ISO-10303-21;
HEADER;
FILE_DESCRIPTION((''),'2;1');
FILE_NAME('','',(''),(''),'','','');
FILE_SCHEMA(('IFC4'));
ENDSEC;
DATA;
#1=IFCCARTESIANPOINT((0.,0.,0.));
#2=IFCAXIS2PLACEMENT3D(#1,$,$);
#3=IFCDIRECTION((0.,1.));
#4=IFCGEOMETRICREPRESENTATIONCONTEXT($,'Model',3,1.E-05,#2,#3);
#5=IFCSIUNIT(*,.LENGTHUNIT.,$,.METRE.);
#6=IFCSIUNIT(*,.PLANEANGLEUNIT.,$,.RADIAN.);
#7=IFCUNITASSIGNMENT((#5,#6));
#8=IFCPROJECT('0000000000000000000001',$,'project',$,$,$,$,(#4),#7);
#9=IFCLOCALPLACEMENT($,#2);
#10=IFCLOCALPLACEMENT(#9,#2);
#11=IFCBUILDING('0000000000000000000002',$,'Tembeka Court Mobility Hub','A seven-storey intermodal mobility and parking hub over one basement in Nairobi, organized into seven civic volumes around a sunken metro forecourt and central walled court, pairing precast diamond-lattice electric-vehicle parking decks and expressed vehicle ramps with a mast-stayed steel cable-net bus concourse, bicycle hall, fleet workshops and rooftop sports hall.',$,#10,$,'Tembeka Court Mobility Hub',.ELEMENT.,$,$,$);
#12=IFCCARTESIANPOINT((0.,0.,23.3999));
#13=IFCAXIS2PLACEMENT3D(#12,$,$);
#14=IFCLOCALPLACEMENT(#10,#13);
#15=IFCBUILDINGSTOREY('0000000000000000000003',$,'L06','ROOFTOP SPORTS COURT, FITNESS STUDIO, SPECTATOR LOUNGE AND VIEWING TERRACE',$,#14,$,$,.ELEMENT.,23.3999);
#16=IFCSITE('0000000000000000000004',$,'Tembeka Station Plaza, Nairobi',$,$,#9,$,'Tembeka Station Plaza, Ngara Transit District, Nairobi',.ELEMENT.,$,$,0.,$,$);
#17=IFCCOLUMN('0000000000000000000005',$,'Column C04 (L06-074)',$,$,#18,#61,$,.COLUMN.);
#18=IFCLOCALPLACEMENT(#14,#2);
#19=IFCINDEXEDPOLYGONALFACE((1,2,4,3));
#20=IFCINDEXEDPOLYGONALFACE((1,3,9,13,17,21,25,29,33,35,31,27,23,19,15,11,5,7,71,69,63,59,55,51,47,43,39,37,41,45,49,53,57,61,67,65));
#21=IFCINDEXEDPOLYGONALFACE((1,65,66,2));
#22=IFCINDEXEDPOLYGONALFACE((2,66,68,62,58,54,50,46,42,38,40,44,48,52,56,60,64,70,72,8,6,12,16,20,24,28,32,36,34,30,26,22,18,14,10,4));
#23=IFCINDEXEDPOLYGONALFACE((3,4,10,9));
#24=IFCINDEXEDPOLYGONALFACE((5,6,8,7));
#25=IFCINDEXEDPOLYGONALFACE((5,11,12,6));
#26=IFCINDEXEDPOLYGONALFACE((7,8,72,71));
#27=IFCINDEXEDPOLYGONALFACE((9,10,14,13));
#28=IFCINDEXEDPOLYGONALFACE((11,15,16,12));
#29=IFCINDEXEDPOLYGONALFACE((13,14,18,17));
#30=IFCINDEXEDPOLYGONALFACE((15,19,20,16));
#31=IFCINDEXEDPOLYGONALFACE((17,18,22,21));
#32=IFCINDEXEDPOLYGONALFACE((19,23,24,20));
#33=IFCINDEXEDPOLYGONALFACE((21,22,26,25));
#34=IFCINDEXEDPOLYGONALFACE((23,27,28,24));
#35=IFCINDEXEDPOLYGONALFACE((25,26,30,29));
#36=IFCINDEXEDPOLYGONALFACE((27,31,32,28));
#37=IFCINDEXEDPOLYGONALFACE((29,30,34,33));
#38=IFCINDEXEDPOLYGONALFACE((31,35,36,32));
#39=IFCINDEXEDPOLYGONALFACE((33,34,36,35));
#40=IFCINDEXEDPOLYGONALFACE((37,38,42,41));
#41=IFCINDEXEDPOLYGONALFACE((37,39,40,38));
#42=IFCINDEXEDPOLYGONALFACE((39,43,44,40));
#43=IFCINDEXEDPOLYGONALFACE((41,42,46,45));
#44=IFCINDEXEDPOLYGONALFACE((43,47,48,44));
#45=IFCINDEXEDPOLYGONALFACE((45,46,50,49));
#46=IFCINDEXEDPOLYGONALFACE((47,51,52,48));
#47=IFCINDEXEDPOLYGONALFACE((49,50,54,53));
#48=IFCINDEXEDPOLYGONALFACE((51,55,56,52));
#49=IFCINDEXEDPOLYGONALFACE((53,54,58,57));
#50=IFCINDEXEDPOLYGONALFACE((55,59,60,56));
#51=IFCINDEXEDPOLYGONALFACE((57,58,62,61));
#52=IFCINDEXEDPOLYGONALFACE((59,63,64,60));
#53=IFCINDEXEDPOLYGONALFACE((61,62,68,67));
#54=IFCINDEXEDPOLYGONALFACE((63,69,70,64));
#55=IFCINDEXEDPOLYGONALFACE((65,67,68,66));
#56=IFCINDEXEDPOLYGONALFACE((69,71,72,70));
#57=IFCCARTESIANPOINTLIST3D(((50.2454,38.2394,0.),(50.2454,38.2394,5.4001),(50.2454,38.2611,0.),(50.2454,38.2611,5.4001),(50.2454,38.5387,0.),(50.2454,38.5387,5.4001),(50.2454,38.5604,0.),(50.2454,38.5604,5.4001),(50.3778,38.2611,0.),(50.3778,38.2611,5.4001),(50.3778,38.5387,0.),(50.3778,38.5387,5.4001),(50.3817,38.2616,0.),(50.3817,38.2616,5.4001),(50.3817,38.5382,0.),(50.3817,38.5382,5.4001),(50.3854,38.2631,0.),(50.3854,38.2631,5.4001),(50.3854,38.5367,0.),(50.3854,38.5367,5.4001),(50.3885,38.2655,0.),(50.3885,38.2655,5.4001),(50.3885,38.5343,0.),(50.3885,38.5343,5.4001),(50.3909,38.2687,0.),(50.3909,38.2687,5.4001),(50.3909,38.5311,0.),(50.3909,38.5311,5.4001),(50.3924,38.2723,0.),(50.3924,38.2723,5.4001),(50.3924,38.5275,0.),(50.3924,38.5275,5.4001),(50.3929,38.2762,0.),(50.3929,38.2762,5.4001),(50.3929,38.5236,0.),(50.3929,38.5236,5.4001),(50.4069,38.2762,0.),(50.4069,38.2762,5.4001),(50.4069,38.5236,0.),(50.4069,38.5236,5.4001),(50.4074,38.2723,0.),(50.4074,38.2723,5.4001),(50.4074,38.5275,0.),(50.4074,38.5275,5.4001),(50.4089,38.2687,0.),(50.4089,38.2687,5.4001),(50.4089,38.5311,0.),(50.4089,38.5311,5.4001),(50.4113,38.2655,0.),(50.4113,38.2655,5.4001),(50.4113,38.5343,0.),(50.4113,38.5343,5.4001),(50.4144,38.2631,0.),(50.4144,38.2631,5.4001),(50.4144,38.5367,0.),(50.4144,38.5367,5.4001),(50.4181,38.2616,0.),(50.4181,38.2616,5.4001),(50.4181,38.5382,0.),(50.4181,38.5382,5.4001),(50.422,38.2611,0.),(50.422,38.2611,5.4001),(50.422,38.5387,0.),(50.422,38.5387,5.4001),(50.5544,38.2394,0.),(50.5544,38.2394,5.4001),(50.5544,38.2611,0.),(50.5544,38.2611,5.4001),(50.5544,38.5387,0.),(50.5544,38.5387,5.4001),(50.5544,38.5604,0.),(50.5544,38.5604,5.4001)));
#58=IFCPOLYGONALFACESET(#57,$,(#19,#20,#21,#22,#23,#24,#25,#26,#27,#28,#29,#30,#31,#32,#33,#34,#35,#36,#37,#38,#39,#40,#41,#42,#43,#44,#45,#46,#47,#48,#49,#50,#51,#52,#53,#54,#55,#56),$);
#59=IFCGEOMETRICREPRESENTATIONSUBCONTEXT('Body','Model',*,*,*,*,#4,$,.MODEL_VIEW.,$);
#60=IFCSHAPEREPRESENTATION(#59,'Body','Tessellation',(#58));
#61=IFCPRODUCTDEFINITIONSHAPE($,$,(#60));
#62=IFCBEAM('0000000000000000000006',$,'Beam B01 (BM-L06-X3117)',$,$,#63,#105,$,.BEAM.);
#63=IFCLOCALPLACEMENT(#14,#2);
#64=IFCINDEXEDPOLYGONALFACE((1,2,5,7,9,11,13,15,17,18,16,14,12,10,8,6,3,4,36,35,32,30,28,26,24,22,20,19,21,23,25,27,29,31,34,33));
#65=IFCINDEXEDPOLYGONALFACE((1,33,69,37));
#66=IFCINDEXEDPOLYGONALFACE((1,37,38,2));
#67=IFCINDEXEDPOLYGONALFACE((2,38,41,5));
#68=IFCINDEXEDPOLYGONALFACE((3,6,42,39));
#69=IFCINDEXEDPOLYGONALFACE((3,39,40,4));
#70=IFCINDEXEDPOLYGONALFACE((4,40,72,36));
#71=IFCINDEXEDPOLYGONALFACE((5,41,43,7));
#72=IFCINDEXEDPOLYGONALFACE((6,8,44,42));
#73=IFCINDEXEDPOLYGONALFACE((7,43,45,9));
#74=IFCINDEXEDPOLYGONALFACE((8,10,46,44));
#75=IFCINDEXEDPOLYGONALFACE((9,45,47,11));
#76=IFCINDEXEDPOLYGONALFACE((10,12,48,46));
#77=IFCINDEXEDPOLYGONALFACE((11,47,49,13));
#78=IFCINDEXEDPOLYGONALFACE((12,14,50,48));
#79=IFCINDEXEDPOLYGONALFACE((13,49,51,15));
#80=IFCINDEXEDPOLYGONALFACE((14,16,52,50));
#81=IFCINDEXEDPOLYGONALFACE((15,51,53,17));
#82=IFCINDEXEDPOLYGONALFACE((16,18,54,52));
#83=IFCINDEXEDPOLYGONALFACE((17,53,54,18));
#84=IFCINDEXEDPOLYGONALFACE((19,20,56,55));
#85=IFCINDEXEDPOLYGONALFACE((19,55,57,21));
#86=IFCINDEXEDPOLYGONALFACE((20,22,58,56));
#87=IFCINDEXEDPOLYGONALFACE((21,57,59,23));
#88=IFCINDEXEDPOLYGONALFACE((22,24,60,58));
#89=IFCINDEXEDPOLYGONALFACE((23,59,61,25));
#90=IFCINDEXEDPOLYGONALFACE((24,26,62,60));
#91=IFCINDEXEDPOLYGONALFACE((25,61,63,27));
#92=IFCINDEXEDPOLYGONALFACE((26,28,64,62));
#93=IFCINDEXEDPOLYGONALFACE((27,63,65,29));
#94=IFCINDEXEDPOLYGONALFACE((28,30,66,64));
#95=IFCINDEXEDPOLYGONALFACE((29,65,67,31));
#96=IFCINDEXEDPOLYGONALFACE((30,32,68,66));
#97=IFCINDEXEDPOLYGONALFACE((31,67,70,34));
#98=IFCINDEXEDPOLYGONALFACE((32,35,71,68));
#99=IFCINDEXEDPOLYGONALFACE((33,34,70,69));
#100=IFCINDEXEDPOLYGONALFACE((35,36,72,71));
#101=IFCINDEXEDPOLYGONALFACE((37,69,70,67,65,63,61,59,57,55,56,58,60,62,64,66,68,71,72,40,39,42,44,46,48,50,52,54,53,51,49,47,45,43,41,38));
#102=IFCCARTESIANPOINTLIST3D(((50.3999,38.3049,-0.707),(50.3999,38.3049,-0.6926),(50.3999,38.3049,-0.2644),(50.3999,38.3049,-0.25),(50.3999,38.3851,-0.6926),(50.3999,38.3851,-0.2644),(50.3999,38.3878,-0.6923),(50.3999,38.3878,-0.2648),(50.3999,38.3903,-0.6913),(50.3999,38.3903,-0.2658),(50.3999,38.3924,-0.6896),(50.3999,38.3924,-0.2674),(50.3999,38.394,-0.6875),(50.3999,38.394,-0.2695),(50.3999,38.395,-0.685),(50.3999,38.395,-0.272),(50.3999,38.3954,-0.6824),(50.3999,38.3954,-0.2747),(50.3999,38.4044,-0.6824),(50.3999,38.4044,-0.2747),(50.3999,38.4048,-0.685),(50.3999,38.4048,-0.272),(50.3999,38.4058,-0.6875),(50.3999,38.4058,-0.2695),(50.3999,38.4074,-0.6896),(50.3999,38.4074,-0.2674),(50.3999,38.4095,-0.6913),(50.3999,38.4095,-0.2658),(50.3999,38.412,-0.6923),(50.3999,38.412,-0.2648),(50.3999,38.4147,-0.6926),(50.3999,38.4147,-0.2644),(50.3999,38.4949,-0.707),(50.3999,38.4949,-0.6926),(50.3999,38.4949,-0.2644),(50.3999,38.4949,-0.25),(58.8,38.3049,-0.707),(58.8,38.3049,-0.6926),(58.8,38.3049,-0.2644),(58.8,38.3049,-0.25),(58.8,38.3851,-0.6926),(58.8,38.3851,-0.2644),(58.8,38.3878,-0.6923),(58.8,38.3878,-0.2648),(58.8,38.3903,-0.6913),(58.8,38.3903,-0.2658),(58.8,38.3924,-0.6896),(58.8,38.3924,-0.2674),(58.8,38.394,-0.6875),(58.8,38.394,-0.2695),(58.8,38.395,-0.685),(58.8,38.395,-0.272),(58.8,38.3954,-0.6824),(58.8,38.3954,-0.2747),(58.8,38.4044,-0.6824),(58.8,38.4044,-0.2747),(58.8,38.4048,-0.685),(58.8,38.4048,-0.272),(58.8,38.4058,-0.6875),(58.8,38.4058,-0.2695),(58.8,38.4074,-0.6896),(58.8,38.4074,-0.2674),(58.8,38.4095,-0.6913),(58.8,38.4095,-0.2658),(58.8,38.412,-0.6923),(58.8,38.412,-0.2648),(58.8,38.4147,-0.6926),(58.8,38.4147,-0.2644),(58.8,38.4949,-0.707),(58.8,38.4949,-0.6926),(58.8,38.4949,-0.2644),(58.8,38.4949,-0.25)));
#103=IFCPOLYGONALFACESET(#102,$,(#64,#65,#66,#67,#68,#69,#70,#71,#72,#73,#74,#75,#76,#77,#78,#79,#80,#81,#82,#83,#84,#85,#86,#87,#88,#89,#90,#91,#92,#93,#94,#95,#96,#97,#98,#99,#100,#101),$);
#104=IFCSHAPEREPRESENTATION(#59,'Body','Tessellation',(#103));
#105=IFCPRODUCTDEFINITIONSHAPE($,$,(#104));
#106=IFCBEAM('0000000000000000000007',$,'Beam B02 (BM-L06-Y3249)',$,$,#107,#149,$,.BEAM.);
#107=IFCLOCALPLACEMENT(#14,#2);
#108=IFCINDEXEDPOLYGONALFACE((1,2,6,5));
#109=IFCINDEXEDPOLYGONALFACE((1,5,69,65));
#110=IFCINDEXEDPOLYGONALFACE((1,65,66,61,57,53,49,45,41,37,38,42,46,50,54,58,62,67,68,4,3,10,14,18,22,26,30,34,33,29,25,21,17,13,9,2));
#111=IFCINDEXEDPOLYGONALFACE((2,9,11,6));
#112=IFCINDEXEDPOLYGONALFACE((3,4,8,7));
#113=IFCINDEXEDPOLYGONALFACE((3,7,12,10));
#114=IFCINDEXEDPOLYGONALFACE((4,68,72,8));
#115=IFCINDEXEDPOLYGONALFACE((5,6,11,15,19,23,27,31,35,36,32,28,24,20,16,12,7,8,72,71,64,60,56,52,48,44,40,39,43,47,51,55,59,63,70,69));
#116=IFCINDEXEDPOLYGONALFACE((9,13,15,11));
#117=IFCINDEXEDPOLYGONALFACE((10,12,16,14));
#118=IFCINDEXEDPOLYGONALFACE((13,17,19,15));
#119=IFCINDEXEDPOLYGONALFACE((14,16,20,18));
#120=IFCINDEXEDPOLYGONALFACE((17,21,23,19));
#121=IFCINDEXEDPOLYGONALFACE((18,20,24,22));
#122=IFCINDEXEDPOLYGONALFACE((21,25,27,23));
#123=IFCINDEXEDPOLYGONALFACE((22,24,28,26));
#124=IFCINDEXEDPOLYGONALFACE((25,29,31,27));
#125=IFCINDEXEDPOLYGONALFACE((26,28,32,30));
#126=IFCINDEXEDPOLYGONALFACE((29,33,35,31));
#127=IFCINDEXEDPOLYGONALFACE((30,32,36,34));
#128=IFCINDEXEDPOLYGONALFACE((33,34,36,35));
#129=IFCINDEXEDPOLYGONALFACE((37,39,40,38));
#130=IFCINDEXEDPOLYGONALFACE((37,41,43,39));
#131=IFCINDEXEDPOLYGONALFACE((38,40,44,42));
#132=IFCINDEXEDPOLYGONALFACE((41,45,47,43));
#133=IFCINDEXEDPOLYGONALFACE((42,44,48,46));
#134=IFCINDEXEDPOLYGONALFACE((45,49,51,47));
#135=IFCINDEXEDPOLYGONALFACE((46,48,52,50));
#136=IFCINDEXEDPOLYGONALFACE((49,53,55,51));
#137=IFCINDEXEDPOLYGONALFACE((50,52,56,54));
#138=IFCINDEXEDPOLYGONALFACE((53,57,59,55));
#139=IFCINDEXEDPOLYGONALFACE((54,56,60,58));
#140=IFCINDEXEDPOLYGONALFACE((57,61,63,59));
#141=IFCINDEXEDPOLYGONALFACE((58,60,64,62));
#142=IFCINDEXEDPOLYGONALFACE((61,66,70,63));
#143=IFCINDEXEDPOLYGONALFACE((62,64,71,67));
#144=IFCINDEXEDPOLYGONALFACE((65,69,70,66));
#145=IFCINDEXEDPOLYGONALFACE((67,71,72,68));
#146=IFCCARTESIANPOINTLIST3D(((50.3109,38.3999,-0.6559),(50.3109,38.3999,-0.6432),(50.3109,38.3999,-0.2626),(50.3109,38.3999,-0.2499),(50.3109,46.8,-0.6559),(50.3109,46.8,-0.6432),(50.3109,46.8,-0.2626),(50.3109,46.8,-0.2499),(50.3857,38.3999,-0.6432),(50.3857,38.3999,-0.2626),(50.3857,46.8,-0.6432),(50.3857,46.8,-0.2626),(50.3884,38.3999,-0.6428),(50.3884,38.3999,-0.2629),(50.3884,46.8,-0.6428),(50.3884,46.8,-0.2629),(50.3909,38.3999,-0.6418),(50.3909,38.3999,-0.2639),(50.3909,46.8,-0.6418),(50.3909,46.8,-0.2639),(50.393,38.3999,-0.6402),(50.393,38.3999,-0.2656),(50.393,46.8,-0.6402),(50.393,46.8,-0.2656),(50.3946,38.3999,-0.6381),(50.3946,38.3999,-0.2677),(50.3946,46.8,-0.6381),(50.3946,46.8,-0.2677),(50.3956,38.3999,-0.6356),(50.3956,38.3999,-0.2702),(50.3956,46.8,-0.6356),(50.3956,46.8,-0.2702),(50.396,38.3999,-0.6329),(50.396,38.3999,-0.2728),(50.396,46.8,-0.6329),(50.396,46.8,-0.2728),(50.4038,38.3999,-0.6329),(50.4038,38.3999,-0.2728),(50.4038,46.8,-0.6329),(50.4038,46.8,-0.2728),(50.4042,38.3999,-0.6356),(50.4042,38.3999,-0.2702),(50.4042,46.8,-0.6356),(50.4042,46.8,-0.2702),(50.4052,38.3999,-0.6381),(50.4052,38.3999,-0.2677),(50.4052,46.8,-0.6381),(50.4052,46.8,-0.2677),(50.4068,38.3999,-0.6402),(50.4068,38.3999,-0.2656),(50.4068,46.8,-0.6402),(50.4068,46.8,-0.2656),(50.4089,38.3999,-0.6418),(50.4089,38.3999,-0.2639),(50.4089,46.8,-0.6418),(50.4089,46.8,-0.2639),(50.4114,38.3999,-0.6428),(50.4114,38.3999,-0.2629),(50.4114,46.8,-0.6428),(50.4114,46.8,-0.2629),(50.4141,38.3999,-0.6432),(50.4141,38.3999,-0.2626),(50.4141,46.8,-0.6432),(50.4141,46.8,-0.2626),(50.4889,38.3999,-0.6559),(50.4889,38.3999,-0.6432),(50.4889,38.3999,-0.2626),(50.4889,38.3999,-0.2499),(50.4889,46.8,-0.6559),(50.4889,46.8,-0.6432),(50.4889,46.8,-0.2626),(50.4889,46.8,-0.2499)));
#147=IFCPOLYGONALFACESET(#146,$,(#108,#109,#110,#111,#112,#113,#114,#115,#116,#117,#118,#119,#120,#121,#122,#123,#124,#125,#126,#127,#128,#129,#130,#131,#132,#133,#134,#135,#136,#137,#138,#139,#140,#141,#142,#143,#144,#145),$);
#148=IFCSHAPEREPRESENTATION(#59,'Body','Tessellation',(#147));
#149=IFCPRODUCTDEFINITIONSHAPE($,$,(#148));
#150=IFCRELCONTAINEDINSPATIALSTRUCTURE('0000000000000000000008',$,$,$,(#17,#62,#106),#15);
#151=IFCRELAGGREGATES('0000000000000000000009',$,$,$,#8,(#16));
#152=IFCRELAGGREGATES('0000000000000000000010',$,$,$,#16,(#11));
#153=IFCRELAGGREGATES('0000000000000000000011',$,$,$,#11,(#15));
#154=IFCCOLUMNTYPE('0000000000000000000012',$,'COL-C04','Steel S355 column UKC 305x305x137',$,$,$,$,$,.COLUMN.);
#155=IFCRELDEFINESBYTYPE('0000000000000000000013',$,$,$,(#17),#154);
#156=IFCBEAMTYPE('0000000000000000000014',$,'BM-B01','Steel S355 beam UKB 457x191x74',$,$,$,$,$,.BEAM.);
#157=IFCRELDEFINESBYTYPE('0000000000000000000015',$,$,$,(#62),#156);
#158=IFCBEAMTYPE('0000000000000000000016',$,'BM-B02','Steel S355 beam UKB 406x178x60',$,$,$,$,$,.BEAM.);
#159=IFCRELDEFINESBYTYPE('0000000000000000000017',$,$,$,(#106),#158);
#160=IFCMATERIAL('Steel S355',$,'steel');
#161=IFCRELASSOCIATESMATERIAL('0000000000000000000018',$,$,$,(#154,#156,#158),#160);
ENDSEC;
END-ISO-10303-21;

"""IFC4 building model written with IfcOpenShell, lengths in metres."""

from ifc_helpers import new_model, si_unit, direction, frame, origin, origin_2d, place, context, subcontext, project, spatial, i_section, extrude, material, material_profile, profile_set, type_object, element, save


model = new_model("IFC4")

# Units and contexts
model_context = context("Model", 3, precision=1e-05, world=origin(), true_north=direction((0.0, 1.0)))
body_context = subcontext(model_context, "Body", "Model", "MODEL_VIEW")
ifc_project = project(units=[si_unit("LENGTHUNIT", "METRE"), si_unit("PLANEANGLEUNIT", "RADIAN")], contexts=[model_context])

# Site, building, storey
site_placement = place(None, origin())
site = spatial("IfcSite", under=ifc_project, at=site_placement, Name="Tembeka Station Plaza, Nairobi", LongName="Tembeka Station Plaza, Ngara Transit District, Nairobi", CompositionType="ELEMENT", RefElevation=0.0)
building_placement = place(site_placement, origin())
building = spatial("IfcBuilding", under=site, at=building_placement, Name="Tembeka Court Mobility Hub", Description="A seven-storey intermodal mobility and parking hub over one basement in Nairobi, organized into seven civic volumes around a sunken metro forecourt and central walled court, pairing precast diamond-lattice electric-vehicle parking decks and expressed vehicle ramps with a mast-stayed steel cable-net bus concourse, bicycle hall, fleet workshops and rooftop sports hall.", LongName="Tembeka Court Mobility Hub", CompositionType="ELEMENT")
storey_placement = place(building_placement, frame((0.0, 0.0, 23.3999)))
storey = spatial("IfcBuildingStorey", under=building, at=storey_placement, Name="L06", Description="ROOFTOP SPORTS COURT, FITNESS STUDIO, SPECTATOR LOUNGE AND VIEWING TERRACE", CompositionType="ELEMENT", Elevation=23.3999)

# Column
ifc_material_1 = material(Name="Steel S355", Category="steel")
ifc_material_profile_1 = material_profile(ifc_material_1, i_section(OverallWidth=0.3091, OverallDepth=0.321, WebThickness=0.0139, FlangeThickness=0.0217, FilletRadius=0.0151, at=origin_2d()), Name="UKC 305x305x137")
ifc_profile_set_1 = profile_set([ifc_material_profile_1], Name="Steel S355")
column_type = type_object("IfcColumnType", Name="COL-C04", Description="Steel S355 column UKC 305x305x137", PredefinedType="COLUMN", material=ifc_profile_set_1)
column_placement = place(storey_placement, frame((50.3999, 38.3999, 0.0), z_axis=(0.0, 0.0, 1.0), x_axis=(1.0, 0.0, 0.0)))
element("IfcColumn", 1, at=column_placement, inside=storey, type_object=column_type, Name="Column C04 (L06-074)", PredefinedType="COLUMN", context=body_context, shape_type="SweptSolid", body=[
    extrude(i_section(OverallWidth=0.3091, OverallDepth=0.321, WebThickness=0.0139, FlangeThickness=0.0217, FilletRadius=0.0151, at=origin_2d()), origin(), (0.0, 0.0, 1.0), 5.4001),
])

# Beams
ifc_material_profile_2 = material_profile(ifc_material_1, i_section(OverallWidth=0.1899, OverallDepth=0.457, WebThickness=0.009, FlangeThickness=0.0144, FilletRadius=0.0103, at=origin_2d()), Name="UKB 457x191x74")
ifc_profile_set_2 = profile_set([ifc_material_profile_2], Name="Steel S355")
beam_type_1 = type_object("IfcBeamType", Name="BM-B01", Description="Steel S355 beam UKB 457x191x74", PredefinedType="BEAM", material=ifc_profile_set_2)
beam_1_placement = place(storey_placement, frame((50.3999, 38.3999, -0.4785), z_axis=(1.0, 0.0, 0.0), x_axis=(0.0, 1.0, 0.0)))
element("IfcBeam", 2, at=beam_1_placement, inside=storey, type_object=beam_type_1, Name="Beam B01 (BM-L06-X3117)", PredefinedType="BEAM", context=body_context, shape_type="SweptSolid", body=[
    extrude(i_section(OverallWidth=0.1899, OverallDepth=0.457, WebThickness=0.009, FlangeThickness=0.0144, FilletRadius=0.0103, at=origin_2d()), origin(), (0.0, 0.0, 1.0), 8.4001),
])
ifc_material_profile_3 = material_profile(ifc_material_1, i_section(OverallWidth=0.178, OverallDepth=0.406, WebThickness=0.0078, FlangeThickness=0.0127, FilletRadius=0.0103, at=origin_2d()), Name="UKB 406x178x60")
ifc_profile_set_3 = profile_set([ifc_material_profile_3], Name="Steel S355")
beam_type_2 = type_object("IfcBeamType", Name="BM-B02", Description="Steel S355 beam UKB 406x178x60", PredefinedType="BEAM", material=ifc_profile_set_3)
beam_2_placement = place(storey_placement, frame((50.3999, 38.3999, -0.4529), z_axis=(0.0, 1.0, 0.0), x_axis=(-1.0, 0.0, 0.0)))
element("IfcBeam", 3, at=beam_2_placement, inside=storey, type_object=beam_type_2, Name="Beam B02 (BM-L06-Y3249)", PredefinedType="BEAM", context=body_context, shape_type="SweptSolid", body=[
    extrude(i_section(OverallWidth=0.178, OverallDepth=0.406, WebThickness=0.0078, FlangeThickness=0.0127, FilletRadius=0.0103, at=origin_2d()), origin(), (0.0, 0.0, 1.0), 8.4001),
])

save(model, "model.ifc")
